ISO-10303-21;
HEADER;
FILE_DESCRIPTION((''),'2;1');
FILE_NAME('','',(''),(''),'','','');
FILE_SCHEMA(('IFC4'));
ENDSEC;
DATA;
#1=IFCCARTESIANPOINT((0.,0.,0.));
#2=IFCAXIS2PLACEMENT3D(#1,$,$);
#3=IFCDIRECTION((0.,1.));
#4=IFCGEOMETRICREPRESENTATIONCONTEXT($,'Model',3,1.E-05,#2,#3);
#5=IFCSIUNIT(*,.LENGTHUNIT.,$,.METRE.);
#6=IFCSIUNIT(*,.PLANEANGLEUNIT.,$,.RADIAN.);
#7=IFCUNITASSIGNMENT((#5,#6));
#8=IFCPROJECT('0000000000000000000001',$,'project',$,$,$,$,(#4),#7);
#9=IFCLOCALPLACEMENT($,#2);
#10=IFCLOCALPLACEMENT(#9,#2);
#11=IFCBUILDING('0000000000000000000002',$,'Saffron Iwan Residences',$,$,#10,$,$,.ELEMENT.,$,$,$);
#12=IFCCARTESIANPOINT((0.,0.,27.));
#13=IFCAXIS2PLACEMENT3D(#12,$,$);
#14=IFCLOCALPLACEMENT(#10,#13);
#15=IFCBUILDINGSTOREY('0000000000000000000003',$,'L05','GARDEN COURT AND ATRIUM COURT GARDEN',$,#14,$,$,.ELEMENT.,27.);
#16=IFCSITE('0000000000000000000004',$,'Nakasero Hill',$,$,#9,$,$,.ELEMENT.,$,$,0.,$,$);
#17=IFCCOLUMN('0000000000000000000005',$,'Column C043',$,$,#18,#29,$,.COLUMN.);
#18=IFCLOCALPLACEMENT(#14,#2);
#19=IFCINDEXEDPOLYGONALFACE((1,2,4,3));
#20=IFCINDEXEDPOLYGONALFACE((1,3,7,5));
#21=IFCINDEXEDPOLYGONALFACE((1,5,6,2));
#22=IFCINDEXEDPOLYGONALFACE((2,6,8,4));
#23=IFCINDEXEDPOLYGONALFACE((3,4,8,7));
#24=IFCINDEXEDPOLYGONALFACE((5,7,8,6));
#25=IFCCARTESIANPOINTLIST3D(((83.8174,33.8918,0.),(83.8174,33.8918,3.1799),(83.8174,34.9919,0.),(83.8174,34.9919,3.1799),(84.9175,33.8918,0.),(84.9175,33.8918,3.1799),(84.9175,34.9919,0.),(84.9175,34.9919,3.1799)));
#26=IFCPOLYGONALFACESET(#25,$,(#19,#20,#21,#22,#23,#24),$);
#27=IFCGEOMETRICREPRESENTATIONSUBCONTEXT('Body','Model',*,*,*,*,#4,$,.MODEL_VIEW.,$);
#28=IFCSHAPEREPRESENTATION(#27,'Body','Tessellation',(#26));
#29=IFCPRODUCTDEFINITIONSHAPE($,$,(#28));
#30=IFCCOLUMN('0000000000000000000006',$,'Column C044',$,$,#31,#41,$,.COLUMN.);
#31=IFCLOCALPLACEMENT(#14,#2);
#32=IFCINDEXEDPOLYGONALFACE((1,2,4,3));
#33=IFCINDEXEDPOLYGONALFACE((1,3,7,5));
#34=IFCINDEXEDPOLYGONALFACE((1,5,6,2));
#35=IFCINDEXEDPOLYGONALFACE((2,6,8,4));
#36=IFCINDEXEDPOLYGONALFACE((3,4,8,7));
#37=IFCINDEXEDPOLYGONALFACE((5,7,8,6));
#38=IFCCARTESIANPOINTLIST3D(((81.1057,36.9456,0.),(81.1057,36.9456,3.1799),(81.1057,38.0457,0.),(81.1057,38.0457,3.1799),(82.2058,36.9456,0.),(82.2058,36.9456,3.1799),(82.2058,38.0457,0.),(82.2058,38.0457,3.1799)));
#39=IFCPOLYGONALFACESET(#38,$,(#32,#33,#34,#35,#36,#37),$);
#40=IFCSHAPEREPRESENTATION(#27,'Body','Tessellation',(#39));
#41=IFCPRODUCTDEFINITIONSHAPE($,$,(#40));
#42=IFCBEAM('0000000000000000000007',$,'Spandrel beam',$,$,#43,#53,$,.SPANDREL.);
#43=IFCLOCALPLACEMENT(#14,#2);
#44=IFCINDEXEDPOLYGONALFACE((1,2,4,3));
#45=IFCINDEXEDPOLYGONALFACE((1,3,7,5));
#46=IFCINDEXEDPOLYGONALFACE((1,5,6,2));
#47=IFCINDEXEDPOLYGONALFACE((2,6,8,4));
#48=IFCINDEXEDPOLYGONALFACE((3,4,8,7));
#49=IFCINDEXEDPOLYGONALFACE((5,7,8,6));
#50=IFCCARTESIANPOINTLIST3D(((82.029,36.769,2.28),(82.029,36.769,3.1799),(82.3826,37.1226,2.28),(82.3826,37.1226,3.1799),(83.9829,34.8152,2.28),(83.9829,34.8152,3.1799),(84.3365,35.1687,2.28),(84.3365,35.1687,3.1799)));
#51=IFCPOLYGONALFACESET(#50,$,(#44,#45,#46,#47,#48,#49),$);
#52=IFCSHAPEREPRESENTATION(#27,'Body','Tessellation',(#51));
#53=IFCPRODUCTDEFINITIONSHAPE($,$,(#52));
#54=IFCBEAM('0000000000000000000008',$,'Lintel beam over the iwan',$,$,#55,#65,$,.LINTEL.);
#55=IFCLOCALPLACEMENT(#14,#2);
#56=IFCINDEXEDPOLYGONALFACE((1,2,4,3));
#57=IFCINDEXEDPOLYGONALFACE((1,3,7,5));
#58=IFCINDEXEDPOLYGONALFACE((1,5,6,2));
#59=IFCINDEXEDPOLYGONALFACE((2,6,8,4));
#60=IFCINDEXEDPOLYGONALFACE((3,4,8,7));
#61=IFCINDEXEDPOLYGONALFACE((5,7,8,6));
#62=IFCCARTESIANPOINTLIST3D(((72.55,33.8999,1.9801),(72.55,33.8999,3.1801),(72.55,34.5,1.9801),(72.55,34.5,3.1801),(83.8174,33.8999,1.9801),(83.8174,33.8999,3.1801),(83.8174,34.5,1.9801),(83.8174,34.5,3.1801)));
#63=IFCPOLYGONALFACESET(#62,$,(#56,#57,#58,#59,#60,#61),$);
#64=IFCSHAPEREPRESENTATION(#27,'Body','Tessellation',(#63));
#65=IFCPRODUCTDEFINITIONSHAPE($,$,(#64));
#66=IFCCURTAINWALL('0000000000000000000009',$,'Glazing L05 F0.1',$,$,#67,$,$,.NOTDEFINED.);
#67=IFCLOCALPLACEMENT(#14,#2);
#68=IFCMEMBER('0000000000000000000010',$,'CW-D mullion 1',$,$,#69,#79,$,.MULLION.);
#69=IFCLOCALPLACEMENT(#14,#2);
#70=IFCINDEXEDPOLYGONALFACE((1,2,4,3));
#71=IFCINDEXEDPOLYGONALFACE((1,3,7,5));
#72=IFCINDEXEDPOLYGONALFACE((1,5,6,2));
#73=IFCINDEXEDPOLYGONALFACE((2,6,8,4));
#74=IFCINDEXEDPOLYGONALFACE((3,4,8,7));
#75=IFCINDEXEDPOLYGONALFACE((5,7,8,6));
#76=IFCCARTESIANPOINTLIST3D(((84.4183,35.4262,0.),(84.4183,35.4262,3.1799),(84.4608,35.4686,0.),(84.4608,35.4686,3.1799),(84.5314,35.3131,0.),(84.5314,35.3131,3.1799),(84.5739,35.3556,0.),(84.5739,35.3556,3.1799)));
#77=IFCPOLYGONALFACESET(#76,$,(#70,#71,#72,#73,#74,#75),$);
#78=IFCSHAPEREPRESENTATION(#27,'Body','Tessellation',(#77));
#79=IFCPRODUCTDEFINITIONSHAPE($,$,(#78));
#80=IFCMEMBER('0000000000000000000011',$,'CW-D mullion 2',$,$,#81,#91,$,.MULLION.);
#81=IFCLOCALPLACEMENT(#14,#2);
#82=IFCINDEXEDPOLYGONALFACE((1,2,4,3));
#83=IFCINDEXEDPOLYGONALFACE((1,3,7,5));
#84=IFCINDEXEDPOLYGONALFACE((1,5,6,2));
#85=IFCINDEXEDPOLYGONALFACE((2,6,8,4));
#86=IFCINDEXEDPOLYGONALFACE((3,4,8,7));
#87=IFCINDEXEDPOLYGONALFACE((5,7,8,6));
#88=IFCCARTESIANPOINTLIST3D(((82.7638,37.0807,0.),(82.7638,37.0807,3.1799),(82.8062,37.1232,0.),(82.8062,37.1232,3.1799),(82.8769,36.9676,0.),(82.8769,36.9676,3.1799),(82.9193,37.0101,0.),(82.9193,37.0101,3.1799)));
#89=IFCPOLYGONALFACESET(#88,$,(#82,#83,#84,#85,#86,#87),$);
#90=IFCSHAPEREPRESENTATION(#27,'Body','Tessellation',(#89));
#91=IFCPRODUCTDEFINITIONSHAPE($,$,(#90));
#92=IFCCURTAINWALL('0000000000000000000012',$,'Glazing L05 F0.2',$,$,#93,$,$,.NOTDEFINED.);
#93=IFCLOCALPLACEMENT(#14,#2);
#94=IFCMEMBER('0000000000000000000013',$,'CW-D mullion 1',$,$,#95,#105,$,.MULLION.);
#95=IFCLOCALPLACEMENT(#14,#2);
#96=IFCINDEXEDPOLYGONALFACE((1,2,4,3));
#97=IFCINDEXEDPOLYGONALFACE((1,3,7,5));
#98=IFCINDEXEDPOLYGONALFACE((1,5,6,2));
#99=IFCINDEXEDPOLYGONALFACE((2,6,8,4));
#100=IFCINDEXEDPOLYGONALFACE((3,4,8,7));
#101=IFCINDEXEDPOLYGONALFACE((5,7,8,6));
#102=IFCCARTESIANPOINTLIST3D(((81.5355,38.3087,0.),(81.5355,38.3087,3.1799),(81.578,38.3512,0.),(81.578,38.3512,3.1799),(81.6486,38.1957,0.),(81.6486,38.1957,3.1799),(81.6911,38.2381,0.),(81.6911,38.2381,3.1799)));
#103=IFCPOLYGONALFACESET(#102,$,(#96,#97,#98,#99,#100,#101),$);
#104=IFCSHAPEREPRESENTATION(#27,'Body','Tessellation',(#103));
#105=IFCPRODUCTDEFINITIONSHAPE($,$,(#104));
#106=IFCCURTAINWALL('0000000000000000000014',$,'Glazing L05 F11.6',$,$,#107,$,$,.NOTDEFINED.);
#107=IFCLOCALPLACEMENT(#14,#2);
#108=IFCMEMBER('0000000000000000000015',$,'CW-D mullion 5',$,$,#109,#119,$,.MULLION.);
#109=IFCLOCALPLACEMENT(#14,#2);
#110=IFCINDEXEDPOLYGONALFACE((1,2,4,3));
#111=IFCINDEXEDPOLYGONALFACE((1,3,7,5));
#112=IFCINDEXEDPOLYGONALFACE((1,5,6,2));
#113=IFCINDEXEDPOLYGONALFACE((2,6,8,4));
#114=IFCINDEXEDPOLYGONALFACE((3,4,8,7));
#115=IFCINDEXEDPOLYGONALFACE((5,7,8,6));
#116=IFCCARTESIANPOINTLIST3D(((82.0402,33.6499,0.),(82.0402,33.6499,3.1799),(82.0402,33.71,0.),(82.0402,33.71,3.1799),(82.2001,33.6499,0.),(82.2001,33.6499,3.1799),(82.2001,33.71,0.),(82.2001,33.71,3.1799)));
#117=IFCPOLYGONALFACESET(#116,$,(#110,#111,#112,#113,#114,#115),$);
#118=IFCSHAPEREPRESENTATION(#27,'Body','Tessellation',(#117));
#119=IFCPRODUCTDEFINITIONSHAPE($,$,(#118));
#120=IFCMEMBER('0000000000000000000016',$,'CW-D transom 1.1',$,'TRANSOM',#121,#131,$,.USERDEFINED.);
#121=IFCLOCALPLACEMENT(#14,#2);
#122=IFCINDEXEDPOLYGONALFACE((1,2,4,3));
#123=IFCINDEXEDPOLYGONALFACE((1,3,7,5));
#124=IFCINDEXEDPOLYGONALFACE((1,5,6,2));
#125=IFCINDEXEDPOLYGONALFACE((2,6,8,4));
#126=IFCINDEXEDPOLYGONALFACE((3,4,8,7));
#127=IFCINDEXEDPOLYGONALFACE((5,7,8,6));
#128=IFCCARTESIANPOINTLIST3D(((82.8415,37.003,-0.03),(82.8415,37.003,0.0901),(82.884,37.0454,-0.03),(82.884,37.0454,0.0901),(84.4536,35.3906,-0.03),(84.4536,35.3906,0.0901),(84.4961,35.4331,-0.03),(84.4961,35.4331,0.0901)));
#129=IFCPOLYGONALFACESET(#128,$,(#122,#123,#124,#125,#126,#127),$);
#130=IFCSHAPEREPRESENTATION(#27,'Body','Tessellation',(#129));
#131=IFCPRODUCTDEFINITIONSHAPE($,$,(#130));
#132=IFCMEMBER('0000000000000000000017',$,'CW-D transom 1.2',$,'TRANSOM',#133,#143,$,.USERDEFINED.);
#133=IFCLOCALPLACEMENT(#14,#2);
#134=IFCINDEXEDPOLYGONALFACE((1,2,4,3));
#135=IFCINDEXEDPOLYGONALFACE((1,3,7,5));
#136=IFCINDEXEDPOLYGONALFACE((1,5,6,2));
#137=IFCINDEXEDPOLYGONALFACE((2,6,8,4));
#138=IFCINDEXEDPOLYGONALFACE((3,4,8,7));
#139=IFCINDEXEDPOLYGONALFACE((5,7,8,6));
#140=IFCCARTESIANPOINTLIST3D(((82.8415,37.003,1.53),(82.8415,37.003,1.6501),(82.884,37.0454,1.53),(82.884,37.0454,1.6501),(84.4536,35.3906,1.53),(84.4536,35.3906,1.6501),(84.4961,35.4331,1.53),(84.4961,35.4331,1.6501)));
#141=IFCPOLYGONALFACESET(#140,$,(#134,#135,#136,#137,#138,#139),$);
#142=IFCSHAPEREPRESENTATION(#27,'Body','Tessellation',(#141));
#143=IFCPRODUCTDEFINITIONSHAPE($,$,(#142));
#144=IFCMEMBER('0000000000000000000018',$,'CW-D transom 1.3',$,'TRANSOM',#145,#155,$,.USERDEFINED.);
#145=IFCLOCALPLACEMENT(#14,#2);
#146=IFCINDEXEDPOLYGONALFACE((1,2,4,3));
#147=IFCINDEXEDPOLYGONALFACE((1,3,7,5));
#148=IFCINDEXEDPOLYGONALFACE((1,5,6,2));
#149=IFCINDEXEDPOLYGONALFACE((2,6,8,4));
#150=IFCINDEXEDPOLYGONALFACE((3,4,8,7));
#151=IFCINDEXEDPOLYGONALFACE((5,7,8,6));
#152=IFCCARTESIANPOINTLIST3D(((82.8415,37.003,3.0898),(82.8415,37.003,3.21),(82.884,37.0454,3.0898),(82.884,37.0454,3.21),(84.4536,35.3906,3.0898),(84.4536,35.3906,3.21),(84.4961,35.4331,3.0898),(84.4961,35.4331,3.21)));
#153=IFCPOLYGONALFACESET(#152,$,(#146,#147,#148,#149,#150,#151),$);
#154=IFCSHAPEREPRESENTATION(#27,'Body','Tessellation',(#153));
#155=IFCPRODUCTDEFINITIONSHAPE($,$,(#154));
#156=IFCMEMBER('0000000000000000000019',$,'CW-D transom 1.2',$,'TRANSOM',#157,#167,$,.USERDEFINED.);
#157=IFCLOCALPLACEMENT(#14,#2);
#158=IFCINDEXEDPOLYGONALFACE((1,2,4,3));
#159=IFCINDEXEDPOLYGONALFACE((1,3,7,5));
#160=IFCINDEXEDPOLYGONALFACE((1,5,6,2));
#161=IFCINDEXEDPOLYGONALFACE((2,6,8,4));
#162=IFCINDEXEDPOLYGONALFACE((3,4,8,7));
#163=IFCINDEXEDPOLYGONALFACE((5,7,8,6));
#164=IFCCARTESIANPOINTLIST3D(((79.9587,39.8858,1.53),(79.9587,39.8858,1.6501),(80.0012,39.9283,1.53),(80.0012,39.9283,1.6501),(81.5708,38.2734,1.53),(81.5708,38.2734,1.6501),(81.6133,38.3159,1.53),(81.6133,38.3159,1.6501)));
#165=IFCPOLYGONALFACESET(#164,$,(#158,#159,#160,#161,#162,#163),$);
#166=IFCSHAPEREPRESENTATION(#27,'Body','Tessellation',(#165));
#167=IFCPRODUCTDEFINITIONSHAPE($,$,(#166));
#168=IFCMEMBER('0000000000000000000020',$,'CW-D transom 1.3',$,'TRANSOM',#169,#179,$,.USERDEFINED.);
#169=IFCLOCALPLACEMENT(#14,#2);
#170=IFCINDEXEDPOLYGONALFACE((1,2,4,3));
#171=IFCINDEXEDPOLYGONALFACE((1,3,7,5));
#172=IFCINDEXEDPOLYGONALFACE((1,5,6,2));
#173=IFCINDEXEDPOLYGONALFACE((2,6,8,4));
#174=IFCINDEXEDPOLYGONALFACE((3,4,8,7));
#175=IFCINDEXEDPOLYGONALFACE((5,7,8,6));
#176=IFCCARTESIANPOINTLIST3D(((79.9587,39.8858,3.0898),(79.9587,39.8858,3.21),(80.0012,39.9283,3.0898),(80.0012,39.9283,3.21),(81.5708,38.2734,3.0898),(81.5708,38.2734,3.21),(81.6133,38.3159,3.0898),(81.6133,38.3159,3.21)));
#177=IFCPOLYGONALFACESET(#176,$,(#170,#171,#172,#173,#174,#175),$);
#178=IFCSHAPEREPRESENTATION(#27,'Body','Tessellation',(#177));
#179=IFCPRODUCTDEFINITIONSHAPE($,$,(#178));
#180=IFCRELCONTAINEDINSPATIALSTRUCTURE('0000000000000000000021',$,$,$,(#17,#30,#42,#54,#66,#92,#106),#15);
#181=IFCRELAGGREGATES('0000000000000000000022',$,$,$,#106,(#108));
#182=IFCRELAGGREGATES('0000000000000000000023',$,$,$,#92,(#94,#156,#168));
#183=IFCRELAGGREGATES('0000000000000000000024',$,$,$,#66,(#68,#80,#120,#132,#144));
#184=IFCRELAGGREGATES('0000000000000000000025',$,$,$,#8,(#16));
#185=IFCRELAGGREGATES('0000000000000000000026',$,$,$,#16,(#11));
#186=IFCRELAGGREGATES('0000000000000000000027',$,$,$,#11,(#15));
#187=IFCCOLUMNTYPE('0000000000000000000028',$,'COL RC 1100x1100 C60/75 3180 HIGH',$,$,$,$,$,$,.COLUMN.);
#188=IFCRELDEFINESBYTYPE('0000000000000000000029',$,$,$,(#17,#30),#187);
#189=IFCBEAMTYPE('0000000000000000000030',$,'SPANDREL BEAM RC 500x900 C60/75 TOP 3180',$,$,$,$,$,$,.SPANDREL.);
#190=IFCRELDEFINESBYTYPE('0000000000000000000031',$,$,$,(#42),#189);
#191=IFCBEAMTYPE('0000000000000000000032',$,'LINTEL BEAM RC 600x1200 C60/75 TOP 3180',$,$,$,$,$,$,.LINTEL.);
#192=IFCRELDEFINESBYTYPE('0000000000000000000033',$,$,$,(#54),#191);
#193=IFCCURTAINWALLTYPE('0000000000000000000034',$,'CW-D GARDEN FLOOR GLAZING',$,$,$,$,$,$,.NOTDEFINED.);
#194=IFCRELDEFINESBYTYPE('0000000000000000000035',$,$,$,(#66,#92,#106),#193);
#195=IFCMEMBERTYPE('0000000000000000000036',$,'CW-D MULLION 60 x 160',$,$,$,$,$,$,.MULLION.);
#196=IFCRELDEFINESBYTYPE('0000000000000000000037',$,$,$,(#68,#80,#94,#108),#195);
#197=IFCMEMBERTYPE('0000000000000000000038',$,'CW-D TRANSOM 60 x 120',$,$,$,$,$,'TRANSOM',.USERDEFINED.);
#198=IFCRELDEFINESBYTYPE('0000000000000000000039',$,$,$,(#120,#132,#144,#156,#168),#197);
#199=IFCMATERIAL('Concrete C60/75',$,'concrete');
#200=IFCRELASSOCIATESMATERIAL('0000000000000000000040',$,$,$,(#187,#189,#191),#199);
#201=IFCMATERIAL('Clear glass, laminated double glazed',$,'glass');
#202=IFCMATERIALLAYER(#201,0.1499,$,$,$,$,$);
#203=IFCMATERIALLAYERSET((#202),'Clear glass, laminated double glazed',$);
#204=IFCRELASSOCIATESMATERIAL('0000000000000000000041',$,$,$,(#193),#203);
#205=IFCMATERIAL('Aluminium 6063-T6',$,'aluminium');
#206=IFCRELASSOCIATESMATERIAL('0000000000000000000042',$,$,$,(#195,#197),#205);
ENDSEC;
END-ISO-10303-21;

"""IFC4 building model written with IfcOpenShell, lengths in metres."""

from ifc_helpers import new_model, si_unit, direction, frame, origin, origin_2d, place, context, subcontext, project, spatial, rectangle, extrude, source, transform, mapped, material, layer, layer_set, material_profile, profile_set, type_object, element, aggregate, save


model = new_model("IFC4")

# Units and contexts
model_context = context("Model", 3, precision=1e-05, world=origin(), true_north=direction((0.0, 1.0)))
body_context = subcontext(model_context, "Body", "Model", "MODEL_VIEW")
ifc_project = project(units=[si_unit("LENGTHUNIT", "METRE"), si_unit("PLANEANGLEUNIT", "RADIAN")], contexts=[model_context])

# Site, building, storey
site_placement = place(None, origin())
site = spatial("IfcSite", under=ifc_project, at=site_placement, Name="Nakasero Hill", CompositionType="ELEMENT", RefElevation=0.0)
building_placement = place(site_placement, origin())
building = spatial("IfcBuilding", under=site, at=building_placement, Name="Saffron Iwan Residences", CompositionType="ELEMENT")
storey_placement = place(building_placement, frame((0.0, 0.0, 27.0)))
storey = spatial("IfcBuildingStorey", under=building, at=storey_placement, Name="L05", Description="GARDEN COURT AND ATRIUM COURT GARDEN", CompositionType="ELEMENT", Elevation=27.0)

# Columns
ifc_material_1 = material(Name="Concrete C60/75", Category="concrete")
ifc_material_profile_1 = material_profile(ifc_material_1, rectangle(XDim=1.1001, YDim=1.1001, at=origin_2d()), Name="RC 1100x1100")
ifc_profile_set_1 = profile_set([ifc_material_profile_1], Name="Concrete C60/75")
column_type = type_object("IfcColumnType", Name="COL RC 1100x1100 C60/75 3180 HIGH", PredefinedType="COLUMN", material=ifc_profile_set_1)
shared_shape_1 = source(origin(), body_context, "Body", "SweptSolid", [
    extrude(rectangle(XDim=1.1001, YDim=1.1001, at=origin_2d()), origin(), (0.0, 0.0, 1.0), 3.1799),
])
for number, where, z_axis, x_axis, name in (
    (1, (84.3674, 34.4419, 0.0), (0.0, 0.0, 1.0), (1.0, 0.0, 0.0), "Column C043"),
    (2, (81.6558, 37.4956, 0.0), (0.0, 0.0, 1.0), (1.0, 0.0, 0.0), "Column C044"),
):
    element("IfcColumn", number, at=place(storey_placement, frame(where, z_axis=z_axis, x_axis=x_axis)), inside=storey, type_object=column_type, Name=name, PredefinedType="COLUMN", context=body_context, shape_type="MappedRepresentation", body=[
        mapped(shared_shape_1, transform((0.0, 0.0, 0.0))),
    ])

# Beams
ifc_material_profile_2 = material_profile(ifc_material_1, rectangle(XDim=0.5, YDim=0.8999, at=origin_2d()), Name="RC 500x900")
ifc_profile_set_2 = profile_set([ifc_material_profile_2], Name="Concrete C60/75")
beam_type_1 = type_object("IfcBeamType", Name="SPANDREL BEAM RC 500x900 C60/75 TOP 3180", PredefinedType="SPANDREL", material=ifc_profile_set_2)
shared_shape_2 = source(origin(), body_context, "Body", "SweptSolid", [
    extrude(rectangle(XDim=0.5, YDim=0.8999, at=origin_2d()), origin(), (0.0, 0.0, 1.0), 2.7632),
])
beam_1_placement = place(storey_placement, frame((82.2058, 36.9458, 2.73), z_axis=(0.707107, -0.707107, 0.0), x_axis=(0.707107, 0.707107, 0.0)))
element("IfcBeam", 3, at=beam_1_placement, inside=storey, type_object=beam_type_1, Name="Spandrel beam", PredefinedType="SPANDREL", context=body_context, shape_type="MappedRepresentation", body=[
    mapped(shared_shape_2, transform((0.0, 0.0, 0.0))),
])
ifc_material_profile_3 = material_profile(ifc_material_1, rectangle(XDim=0.6001, YDim=1.2, at=origin_2d()), Name="RC 600x1200")
ifc_profile_set_3 = profile_set([ifc_material_profile_3], Name="Concrete C60/75")
beam_type_2 = type_object("IfcBeamType", Name="LINTEL BEAM RC 600x1200 C60/75 TOP 3180", PredefinedType="LINTEL", material=ifc_profile_set_3)
shared_shape_3 = source(origin(), body_context, "Body", "SweptSolid", [
    extrude(rectangle(XDim=0.6001, YDim=1.2, at=origin_2d()), origin(), (0.0, 0.0, 1.0), 11.2673),
])
beam_2_placement = place(storey_placement, frame((83.8174, 34.2, 2.5801), z_axis=(-1.0, 0.0, 0.0), x_axis=(0.0, -1.0, 0.0)))
element("IfcBeam", 4, at=beam_2_placement, inside=storey, type_object=beam_type_2, Name="Lintel beam over the iwan", PredefinedType="LINTEL", context=body_context, shape_type="MappedRepresentation", body=[
    mapped(shared_shape_3, transform((0.0, 0.0, 0.0))),
])

# Curtain wall, members
ifc_material_2 = material(Name="Clear glass, laminated double glazed", Category="glass")
ifc_layer_1 = layer(ifc_material_2, 0.1499)
ifc_layer_set_1 = layer_set([ifc_layer_1], Name="Clear glass, laminated double glazed")
curtain_wall_type = type_object("IfcCurtainWallType", Name="CW-D GARDEN FLOOR GLAZING", PredefinedType="NOTDEFINED", material=ifc_layer_set_1)
curtain_wall_1_placement = place(storey_placement, origin())
curtain_wall_1 = element("IfcCurtainWall", 5, at=curtain_wall_1_placement, inside=storey, type_object=curtain_wall_type, Name="Glazing L05 F0.1", PredefinedType="NOTDEFINED")
ifc_material_3 = material(Name="Aluminium 6063-T6", Category="aluminium")
ifc_material_profile_4 = material_profile(ifc_material_3, rectangle(XDim=0.0601, YDim=0.1599, at=origin_2d()), Name="CW-D MULLION 60 x 160")
ifc_profile_set_4 = profile_set([ifc_material_profile_4], Name="Aluminium 6063-T6")
member_type_1 = type_object("IfcMemberType", Name="CW-D MULLION 60 x 160", PredefinedType="MULLION", material=ifc_profile_set_4)
shared_shape_4 = source(origin(), body_context, "Body", "SweptSolid", [
    extrude(rectangle(XDim=0.0601, YDim=0.1599, at=origin_2d()), origin(), (0.0, 0.0, 1.0), 3.1799),
])
member_1_placement = place(storey_placement, frame((84.4961, 35.3909, 0.0), z_axis=(0.0, 0.0, 1.0), x_axis=(-0.707107, -0.707107, 0.0)))
member_1 = element("IfcMember", 6, at=member_1_placement, type_object=member_type_1, Name="CW-D mullion 1", PredefinedType="MULLION", context=body_context, shape_type="MappedRepresentation", body=[
    mapped(shared_shape_4, transform((0.0, 0.0, 0.0))),
])
member_2_placement = place(storey_placement, frame((82.8416, 37.0454, 0.0), z_axis=(0.0, 0.0, 1.0), x_axis=(-0.707107, -0.707107, 0.0)))
member_2 = element("IfcMember", 7, at=member_2_placement, type_object=member_type_1, Name="CW-D mullion 2", PredefinedType="MULLION", context=body_context, shape_type="MappedRepresentation", body=[
    mapped(shared_shape_4, transform((0.0, 0.0, 0.0))),
])

# Curtain walls, members
curtain_wall_2_placement = place(storey_placement, origin())
curtain_wall_2 = element("IfcCurtainWall", 8, at=curtain_wall_2_placement, inside=storey, type_object=curtain_wall_type, Name="Glazing L05 F0.2", PredefinedType="NOTDEFINED")
member_3_placement = place(storey_placement, frame((81.6133, 38.2734, 0.0), z_axis=(0.0, 0.0, 1.0), x_axis=(-0.707107, -0.707107, 0.0)))
member_3 = element("IfcMember", 9, at=member_3_placement, type_object=member_type_1, Name="CW-D mullion 1", PredefinedType="MULLION", context=body_context, shape_type="MappedRepresentation", body=[
    mapped(shared_shape_4, transform((0.0, 0.0, 0.0))),
])
curtain_wall_3_placement = place(storey_placement, origin())
curtain_wall_3 = element("IfcCurtainWall", 10, at=curtain_wall_3_placement, inside=storey, type_object=curtain_wall_type, Name="Glazing L05 F11.6", PredefinedType="NOTDEFINED")
member_4_placement = place(storey_placement, frame((82.1201, 33.6799, 0.0), z_axis=(0.0, 0.0, 1.0), x_axis=(0.0, 1.0, 0.0)))
member_4 = element("IfcMember", 11, at=member_4_placement, type_object=member_type_1, Name="CW-D mullion 5", PredefinedType="MULLION", context=body_context, shape_type="MappedRepresentation", body=[
    mapped(shared_shape_4, transform((0.0, 0.0, 0.0))),
])
aggregate(curtain_wall_3, [member_4])

# Members
ifc_material_profile_5 = material_profile(ifc_material_3, rectangle(XDim=0.0601, YDim=0.1201, at=origin_2d()), Name="CW-D TRANSOM 60 x 120")
ifc_profile_set_5 = profile_set([ifc_material_profile_5], Name="Aluminium 6063-T6")
member_type_2 = type_object("IfcMemberType", Name="CW-D TRANSOM 60 x 120", ElementType="TRANSOM", PredefinedType="USERDEFINED", material=ifc_profile_set_5)
shared_shape_5 = source(origin(), body_context, "Body", "SweptSolid", [
    extrude(rectangle(XDim=0.0601, YDim=0.1201, at=origin_2d()), origin(), (0.0, 0.0, 1.0), 2.28),
])
member_5_placement = place(storey_placement, frame((84.4749, 35.4119, 0.03), z_axis=(-0.707053, 0.70716, 0.0), x_axis=(-0.70716, -0.707053, 0.0)))
member_5 = element("IfcMember", 12, at=member_5_placement, type_object=member_type_2, Name="CW-D transom 1.1", ObjectType="TRANSOM", PredefinedType="USERDEFINED", context=body_context, shape_type="MappedRepresentation", body=[
    mapped(shared_shape_5, transform((0.0, 0.0, 0.0))),
])
member_6_placement = place(storey_placement, frame((84.4749, 35.4119, 1.5901), z_axis=(-0.707053, 0.70716, 0.0), x_axis=(-0.70716, -0.707053, 0.0)))
member_6 = element("IfcMember", 13, at=member_6_placement, type_object=member_type_2, Name="CW-D transom 1.2", ObjectType="TRANSOM", PredefinedType="USERDEFINED", context=body_context, shape_type="MappedRepresentation", body=[
    mapped(shared_shape_5, transform((0.0, 0.0, 0.0))),
])
member_7_placement = place(storey_placement, frame((84.4749, 35.4119, 3.1499), z_axis=(-0.707053, 0.70716, 0.0), x_axis=(-0.70716, -0.707053, 0.0)))
member_7 = element("IfcMember", 14, at=member_7_placement, type_object=member_type_2, Name="CW-D transom 1.3", ObjectType="TRANSOM", PredefinedType="USERDEFINED", context=body_context, shape_type="MappedRepresentation", body=[
    mapped(shared_shape_5, transform((0.0, 0.0, 0.0))),
])
member_8_placement = place(storey_placement, frame((81.592, 38.2947, 1.5901), z_axis=(-0.707053, 0.70716, 0.0), x_axis=(-0.70716, -0.707053, 0.0)))
member_8 = element("IfcMember", 15, at=member_8_placement, type_object=member_type_2, Name="CW-D transom 1.2", ObjectType="TRANSOM", PredefinedType="USERDEFINED", context=body_context, shape_type="MappedRepresentation", body=[
    mapped(shared_shape_5, transform((0.0, 0.0, 0.0))),
])
member_9_placement = place(storey_placement, frame((81.592, 38.2947, 3.1499), z_axis=(-0.707053, 0.70716, 0.0), x_axis=(-0.70716, -0.707053, 0.0)))
member_9 = element("IfcMember", 16, at=member_9_placement, type_object=member_type_2, Name="CW-D transom 1.3", ObjectType="TRANSOM", PredefinedType="USERDEFINED", context=body_context, shape_type="MappedRepresentation", body=[
    mapped(shared_shape_5, transform((0.0, 0.0, 0.0))),
])
aggregate(curtain_wall_2, [member_3, member_8, member_9])

aggregate(curtain_wall_1, [member_1, member_2, member_5, member_6, member_7])

save(model, "model.ifc")
